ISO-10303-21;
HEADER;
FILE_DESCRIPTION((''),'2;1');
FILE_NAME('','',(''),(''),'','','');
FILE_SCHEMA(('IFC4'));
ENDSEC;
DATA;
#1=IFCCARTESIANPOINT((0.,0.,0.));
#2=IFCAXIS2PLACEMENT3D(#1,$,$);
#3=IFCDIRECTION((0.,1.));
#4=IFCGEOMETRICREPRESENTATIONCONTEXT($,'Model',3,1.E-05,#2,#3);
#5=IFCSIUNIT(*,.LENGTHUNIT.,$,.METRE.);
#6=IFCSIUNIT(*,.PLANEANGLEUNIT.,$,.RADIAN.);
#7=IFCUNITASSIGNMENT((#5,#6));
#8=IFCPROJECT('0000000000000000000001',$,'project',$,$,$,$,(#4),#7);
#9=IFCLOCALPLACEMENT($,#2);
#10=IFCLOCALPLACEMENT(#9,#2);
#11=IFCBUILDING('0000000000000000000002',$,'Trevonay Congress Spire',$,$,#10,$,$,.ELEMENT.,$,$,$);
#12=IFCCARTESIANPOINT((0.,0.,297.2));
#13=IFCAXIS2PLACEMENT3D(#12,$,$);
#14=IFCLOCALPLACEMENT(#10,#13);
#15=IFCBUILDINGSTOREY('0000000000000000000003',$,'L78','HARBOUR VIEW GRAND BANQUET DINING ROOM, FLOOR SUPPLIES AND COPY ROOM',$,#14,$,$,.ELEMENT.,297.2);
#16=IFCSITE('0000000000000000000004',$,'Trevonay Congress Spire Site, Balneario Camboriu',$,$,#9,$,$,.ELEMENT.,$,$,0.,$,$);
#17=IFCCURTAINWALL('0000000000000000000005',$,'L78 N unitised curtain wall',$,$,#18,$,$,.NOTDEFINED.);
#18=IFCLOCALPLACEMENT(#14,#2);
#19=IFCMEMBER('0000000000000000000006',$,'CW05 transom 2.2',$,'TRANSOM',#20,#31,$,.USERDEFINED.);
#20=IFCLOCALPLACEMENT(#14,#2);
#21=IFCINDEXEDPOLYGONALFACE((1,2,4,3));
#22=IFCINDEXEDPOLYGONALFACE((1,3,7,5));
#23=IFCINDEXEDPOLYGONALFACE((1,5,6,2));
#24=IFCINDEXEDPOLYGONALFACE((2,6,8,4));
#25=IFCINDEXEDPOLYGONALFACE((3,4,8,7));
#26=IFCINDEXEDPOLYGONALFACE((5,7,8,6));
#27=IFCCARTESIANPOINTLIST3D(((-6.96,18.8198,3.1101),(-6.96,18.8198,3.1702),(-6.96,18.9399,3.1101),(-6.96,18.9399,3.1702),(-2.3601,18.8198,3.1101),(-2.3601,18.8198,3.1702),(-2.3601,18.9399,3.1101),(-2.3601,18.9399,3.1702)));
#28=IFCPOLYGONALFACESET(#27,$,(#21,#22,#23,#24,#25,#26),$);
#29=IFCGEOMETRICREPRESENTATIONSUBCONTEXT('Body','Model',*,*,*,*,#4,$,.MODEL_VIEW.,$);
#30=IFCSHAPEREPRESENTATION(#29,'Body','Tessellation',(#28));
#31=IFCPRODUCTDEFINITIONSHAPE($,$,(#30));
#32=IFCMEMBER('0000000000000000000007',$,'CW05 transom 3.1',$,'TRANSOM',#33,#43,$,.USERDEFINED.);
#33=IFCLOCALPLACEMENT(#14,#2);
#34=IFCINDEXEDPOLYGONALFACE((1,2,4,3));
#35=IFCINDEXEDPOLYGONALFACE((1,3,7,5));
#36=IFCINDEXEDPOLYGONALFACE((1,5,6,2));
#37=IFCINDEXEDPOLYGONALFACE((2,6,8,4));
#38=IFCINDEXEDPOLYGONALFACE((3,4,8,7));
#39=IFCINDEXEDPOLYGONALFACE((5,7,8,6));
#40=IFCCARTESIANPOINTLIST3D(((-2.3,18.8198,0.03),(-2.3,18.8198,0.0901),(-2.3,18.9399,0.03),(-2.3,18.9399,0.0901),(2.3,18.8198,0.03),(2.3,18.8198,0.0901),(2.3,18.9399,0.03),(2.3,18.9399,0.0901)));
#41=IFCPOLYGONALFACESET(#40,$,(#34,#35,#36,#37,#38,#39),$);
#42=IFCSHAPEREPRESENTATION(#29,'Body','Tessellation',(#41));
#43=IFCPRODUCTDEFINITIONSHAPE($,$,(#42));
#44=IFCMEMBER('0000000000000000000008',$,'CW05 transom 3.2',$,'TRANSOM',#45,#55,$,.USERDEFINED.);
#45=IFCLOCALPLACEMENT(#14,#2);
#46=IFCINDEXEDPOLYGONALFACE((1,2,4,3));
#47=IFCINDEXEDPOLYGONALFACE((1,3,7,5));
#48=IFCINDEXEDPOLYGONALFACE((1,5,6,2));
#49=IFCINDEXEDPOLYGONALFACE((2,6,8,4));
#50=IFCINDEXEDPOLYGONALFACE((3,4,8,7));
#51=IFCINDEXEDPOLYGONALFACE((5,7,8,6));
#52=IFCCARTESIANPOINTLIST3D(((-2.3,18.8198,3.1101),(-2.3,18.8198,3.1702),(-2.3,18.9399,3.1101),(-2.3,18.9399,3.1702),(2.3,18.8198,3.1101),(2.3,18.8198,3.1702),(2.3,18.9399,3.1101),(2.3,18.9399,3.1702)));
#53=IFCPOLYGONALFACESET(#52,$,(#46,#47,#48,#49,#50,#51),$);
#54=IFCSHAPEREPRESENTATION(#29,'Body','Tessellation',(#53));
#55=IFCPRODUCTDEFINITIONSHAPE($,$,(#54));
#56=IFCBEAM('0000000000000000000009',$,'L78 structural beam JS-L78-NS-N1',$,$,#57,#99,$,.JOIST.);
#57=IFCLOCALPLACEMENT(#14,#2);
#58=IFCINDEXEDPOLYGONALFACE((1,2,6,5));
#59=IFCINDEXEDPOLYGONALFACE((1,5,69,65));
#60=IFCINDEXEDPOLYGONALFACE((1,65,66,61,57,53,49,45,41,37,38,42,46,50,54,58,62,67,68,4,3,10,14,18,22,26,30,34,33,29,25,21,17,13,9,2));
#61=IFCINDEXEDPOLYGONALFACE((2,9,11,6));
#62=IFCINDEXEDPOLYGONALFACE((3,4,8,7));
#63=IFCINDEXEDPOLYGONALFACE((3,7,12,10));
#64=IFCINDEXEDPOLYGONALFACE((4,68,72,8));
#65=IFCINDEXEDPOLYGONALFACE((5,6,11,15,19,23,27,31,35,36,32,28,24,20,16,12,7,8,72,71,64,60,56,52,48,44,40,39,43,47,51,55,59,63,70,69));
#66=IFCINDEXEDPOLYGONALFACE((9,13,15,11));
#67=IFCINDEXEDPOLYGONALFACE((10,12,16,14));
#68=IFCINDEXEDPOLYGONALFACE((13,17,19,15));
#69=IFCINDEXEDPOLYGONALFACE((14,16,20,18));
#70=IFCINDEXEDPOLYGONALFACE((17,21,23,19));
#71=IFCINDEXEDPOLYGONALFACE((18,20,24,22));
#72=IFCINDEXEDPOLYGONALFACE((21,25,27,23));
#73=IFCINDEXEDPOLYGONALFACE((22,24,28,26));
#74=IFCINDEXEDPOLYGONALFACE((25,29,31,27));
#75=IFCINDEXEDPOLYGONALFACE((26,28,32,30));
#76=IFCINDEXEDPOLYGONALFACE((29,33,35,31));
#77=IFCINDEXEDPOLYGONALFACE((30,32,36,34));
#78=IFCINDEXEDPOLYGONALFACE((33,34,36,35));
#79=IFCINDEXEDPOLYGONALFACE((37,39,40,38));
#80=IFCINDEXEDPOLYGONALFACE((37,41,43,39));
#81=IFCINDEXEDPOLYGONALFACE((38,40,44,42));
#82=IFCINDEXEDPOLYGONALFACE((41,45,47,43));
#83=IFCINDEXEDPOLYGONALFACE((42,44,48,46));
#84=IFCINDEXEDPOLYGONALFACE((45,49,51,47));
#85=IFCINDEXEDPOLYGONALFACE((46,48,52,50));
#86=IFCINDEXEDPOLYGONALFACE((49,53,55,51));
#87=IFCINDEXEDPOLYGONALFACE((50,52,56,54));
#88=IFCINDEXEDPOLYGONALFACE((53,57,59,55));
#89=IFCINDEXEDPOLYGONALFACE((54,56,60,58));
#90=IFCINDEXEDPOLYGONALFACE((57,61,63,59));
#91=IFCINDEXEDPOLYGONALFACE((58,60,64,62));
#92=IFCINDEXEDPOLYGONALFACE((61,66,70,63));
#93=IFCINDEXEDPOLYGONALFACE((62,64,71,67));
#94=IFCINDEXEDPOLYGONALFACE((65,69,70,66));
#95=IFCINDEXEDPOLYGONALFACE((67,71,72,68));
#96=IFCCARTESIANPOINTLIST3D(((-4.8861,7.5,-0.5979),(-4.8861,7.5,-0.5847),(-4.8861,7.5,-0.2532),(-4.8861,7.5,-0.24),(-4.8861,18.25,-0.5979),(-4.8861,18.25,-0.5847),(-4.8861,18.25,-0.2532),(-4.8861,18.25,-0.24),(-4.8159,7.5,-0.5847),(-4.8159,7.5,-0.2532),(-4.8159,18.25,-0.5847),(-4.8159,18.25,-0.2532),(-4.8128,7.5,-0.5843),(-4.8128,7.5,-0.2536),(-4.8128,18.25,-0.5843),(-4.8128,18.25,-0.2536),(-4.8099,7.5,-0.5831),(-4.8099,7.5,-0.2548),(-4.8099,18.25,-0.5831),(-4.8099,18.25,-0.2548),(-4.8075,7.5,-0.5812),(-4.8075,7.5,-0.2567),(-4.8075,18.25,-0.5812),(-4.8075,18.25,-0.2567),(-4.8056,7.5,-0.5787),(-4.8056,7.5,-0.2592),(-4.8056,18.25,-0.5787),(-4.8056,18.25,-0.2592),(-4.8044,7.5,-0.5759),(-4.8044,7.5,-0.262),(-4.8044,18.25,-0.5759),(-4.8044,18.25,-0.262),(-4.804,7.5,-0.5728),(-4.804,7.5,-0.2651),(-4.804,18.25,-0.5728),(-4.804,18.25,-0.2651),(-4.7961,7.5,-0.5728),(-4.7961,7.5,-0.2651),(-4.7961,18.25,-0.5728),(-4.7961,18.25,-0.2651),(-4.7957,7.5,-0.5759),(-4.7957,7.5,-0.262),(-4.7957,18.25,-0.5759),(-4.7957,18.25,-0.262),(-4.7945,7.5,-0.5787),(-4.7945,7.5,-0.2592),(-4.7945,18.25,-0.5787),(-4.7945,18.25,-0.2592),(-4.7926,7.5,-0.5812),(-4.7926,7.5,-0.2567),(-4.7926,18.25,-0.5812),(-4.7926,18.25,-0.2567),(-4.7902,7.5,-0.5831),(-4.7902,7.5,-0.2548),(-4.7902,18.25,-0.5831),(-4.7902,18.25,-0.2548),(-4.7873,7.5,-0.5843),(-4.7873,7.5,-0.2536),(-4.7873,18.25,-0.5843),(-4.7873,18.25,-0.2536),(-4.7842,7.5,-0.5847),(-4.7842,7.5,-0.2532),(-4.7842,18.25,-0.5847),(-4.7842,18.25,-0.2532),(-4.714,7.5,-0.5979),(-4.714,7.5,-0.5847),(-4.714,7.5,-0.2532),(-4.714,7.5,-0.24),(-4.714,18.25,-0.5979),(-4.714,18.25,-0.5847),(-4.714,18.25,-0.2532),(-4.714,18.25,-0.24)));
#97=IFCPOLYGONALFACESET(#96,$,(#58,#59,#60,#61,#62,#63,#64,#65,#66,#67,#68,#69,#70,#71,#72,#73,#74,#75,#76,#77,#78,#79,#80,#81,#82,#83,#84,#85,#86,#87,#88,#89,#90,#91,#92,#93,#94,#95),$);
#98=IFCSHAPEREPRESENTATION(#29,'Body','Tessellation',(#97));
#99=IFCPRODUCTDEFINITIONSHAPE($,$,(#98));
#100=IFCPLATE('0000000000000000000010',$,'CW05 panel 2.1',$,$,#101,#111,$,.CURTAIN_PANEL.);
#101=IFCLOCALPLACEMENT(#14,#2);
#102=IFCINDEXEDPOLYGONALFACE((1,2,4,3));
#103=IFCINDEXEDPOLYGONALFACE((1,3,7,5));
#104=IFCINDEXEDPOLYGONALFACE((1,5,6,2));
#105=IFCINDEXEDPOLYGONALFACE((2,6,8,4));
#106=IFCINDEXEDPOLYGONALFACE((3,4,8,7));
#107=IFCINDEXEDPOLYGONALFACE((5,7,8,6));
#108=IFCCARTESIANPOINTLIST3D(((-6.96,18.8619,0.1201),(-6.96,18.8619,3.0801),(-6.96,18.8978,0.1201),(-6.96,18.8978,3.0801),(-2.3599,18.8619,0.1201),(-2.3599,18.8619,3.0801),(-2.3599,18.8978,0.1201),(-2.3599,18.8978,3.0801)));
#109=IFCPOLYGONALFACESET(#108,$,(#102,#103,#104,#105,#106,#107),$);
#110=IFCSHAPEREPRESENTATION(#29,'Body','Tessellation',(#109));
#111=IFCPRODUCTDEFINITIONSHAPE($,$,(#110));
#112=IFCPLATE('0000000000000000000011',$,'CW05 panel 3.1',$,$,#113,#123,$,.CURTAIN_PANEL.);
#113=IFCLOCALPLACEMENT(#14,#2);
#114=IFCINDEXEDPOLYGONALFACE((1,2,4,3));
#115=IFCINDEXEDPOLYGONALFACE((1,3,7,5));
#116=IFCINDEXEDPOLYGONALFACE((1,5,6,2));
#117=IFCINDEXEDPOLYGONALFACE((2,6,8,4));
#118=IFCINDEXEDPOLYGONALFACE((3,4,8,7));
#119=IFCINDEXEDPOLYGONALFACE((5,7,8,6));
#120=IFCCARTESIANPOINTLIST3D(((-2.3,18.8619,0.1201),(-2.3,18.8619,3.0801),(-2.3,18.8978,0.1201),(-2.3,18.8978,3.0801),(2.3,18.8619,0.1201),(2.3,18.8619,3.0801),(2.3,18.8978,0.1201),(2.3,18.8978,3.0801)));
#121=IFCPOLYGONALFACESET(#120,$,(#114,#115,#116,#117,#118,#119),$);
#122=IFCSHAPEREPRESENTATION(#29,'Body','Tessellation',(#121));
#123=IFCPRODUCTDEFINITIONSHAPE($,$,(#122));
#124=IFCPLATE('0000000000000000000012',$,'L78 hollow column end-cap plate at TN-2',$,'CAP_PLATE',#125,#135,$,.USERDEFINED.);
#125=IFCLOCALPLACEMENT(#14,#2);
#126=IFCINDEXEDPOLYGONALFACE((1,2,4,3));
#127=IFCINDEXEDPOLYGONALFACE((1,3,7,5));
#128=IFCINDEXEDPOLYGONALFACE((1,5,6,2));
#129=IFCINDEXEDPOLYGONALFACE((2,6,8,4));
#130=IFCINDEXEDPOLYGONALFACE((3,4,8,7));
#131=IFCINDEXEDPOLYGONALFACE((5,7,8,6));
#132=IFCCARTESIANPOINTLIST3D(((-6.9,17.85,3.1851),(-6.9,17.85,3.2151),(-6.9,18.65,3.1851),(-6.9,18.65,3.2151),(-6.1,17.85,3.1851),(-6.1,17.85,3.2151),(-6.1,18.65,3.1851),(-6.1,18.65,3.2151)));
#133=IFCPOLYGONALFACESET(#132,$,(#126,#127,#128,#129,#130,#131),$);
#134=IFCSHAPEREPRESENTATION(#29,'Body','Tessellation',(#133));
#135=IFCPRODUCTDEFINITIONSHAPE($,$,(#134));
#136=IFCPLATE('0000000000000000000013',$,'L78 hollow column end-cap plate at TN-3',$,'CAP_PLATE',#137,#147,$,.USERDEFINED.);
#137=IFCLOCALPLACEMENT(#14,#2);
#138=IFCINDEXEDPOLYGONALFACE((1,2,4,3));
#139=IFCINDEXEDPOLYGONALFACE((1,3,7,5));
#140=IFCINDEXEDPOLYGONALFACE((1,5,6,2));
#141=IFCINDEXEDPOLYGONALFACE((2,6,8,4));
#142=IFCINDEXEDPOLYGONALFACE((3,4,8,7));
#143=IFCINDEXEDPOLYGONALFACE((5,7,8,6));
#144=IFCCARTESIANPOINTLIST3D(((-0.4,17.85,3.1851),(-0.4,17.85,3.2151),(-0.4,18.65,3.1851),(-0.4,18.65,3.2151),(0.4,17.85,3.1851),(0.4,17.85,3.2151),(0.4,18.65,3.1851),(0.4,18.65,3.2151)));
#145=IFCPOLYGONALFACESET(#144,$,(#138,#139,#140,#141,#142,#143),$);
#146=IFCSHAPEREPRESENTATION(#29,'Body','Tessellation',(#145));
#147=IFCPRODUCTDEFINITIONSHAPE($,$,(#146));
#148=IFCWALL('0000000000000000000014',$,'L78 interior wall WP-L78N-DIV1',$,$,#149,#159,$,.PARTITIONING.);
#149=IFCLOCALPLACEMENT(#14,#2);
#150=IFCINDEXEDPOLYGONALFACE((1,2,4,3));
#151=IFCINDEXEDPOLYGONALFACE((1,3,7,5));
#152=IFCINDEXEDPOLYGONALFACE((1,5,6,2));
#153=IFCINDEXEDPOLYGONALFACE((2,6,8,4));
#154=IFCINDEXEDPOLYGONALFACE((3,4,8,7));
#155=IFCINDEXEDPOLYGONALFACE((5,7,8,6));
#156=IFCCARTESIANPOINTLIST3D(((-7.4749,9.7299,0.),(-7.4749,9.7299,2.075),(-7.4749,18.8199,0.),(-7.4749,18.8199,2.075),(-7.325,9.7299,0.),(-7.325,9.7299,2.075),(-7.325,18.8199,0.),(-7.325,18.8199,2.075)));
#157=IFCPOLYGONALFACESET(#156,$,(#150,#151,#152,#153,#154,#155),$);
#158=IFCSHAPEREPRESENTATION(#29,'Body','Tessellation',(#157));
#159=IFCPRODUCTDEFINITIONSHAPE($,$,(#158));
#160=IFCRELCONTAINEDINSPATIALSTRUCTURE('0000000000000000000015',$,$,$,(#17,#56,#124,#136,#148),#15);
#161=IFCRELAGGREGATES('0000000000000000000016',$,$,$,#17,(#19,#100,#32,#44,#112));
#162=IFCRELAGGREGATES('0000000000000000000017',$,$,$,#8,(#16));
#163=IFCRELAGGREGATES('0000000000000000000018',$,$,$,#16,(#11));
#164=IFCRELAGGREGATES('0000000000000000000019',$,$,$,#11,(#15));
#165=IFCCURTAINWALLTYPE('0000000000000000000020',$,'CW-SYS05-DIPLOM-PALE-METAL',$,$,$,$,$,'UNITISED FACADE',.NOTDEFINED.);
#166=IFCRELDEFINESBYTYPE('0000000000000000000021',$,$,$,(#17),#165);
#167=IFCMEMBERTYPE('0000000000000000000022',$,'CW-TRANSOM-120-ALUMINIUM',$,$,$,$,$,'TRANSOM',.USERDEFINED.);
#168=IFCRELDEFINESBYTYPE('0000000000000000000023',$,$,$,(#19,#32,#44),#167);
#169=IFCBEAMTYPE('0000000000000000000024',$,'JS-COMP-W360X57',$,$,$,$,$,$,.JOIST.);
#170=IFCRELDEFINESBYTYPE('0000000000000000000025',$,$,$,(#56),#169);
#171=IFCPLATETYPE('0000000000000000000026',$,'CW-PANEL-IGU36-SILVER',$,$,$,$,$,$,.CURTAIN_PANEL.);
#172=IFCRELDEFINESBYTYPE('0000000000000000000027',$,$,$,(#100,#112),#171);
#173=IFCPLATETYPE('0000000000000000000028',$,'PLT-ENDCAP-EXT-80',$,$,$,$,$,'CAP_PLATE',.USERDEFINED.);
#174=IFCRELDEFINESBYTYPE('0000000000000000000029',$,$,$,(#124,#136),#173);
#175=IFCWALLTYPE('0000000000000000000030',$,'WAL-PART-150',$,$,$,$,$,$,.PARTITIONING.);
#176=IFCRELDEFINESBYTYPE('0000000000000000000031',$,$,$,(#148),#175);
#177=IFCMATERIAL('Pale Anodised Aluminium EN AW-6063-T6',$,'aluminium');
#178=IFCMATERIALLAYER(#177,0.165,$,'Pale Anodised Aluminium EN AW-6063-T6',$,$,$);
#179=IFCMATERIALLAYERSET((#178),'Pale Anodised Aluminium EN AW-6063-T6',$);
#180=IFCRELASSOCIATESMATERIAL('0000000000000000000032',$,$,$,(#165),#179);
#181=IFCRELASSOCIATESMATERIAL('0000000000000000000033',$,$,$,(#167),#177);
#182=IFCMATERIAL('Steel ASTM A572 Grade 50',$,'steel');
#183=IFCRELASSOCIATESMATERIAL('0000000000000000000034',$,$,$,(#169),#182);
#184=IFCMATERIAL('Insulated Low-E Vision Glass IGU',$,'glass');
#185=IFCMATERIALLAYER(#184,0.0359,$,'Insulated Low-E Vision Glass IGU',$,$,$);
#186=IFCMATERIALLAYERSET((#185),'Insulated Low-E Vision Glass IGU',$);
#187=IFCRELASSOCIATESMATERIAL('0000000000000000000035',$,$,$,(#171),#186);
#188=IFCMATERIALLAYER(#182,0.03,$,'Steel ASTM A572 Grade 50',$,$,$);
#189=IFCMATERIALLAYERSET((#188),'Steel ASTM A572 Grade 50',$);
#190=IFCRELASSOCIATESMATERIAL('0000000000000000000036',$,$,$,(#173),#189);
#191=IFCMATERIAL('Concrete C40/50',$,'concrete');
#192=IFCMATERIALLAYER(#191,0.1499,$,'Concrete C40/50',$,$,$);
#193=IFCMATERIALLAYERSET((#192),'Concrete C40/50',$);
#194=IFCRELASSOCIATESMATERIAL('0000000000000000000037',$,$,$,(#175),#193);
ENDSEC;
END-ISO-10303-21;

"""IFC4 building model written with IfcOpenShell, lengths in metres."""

from ifc_helpers import new_model, si_unit, direction, frame, frame_2d, origin, origin_2d, place, context, subcontext, project, spatial, rectangle, i_section, extrude, material, layer, layer_set, material_profile, profile_set, type_object, element, aggregate, save


model = new_model("IFC4")

# Units and contexts
model_context = context("Model", 3, precision=1e-05, world=origin(), true_north=direction((0.0, 1.0)))
body_context = subcontext(model_context, "Body", "Model", "MODEL_VIEW")
ifc_project = project(units=[si_unit("LENGTHUNIT", "METRE"), si_unit("PLANEANGLEUNIT", "RADIAN")], contexts=[model_context])

# Site, building, storey
site_placement = place(None, origin())
site = spatial("IfcSite", under=ifc_project, at=site_placement, Name="Trevonay Congress Spire Site, Balneario Camboriu", CompositionType="ELEMENT", RefElevation=0.0)
building_placement = place(site_placement, origin())
building = spatial("IfcBuilding", under=site, at=building_placement, Name="Trevonay Congress Spire", CompositionType="ELEMENT")
storey_placement = place(building_placement, frame((0.0, 0.0, 297.2)))
storey = spatial("IfcBuildingStorey", under=building, at=storey_placement, Name="L78", Description="HARBOUR VIEW GRAND BANQUET DINING ROOM, FLOOR SUPPLIES AND COPY ROOM", CompositionType="ELEMENT", Elevation=297.2)

# Shared definitions
ifc_material_1 = material(Name="Steel ASTM A572 Grade 50", Category="steel")

# Curtain wall, members
ifc_material_2 = material(Name="Pale Anodised Aluminium EN AW-6063-T6", Category="aluminium")
ifc_layer_1 = layer(ifc_material_2, 0.165, Name="Pale Anodised Aluminium EN AW-6063-T6")
ifc_layer_set_1 = layer_set([ifc_layer_1], Name="Pale Anodised Aluminium EN AW-6063-T6")
curtain_wall_type = type_object("IfcCurtainWallType", Name="CW-SYS05-DIPLOM-PALE-METAL", ElementType="UNITISED FACADE", PredefinedType="NOTDEFINED", material=ifc_layer_set_1)
curtain_wall_placement = place(storey_placement, origin())
curtain_wall = element("IfcCurtainWall", 1, at=curtain_wall_placement, inside=storey, type_object=curtain_wall_type, Name="L78 N unitised curtain wall", PredefinedType="NOTDEFINED")
ifc_material_profile_1 = material_profile(ifc_material_2, rectangle(XDim=0.1201, YDim=0.0601, at=origin_2d()), Name="CW-TRANSOM-120-ALUMINIUM")
ifc_profile_set_1 = profile_set([ifc_material_profile_1], Name="Pale Anodised Aluminium EN AW-6063-T6")
member_type_1 = type_object("IfcMemberType", Name="CW-TRANSOM-120-ALUMINIUM", ElementType="TRANSOM", PredefinedType="USERDEFINED", material=ifc_profile_set_1)
member_1_placement = place(storey_placement, frame((-6.96, 18.8799, 3.1401), z_axis=(1.0, 0.0, 0.0), x_axis=(0.0, 1.0, 0.0)))
member_1 = element("IfcMember", 2, at=member_1_placement, type_object=member_type_1, Name="CW05 transom 2.2", ObjectType="TRANSOM", PredefinedType="USERDEFINED", context=body_context, shape_type="SweptSolid", body=[
    extrude(rectangle(XDim=0.1201, YDim=0.0601, at=origin_2d()), origin(), (0.0, 0.0, 1.0), 4.5999),
])
member_2_placement = place(storey_placement, frame((-2.3, 18.8799, 0.0601), z_axis=(1.0, 0.0, 0.0), x_axis=(0.0, 1.0, 0.0)))
member_2 = element("IfcMember", 3, at=member_2_placement, type_object=member_type_1, Name="CW05 transom 3.1", ObjectType="TRANSOM", PredefinedType="USERDEFINED", context=body_context, shape_type="SweptSolid", body=[
    extrude(rectangle(XDim=0.1201, YDim=0.0601, at=origin_2d()), origin(), (0.0, 0.0, 1.0), 4.6001),
])
member_3_placement = place(storey_placement, frame((-2.3, 18.8799, 3.1401), z_axis=(1.0, 0.0, 0.0), x_axis=(0.0, 1.0, 0.0)))
member_3 = element("IfcMember", 4, at=member_3_placement, type_object=member_type_1, Name="CW05 transom 3.2", ObjectType="TRANSOM", PredefinedType="USERDEFINED", context=body_context, shape_type="SweptSolid", body=[
    extrude(rectangle(XDim=0.1201, YDim=0.0601, at=origin_2d()), origin(), (0.0, 0.0, 1.0), 4.6001),
])

# Beam
ifc_material_profile_2 = material_profile(ifc_material_1, i_section(OverallWidth=0.1721, OverallDepth=0.3579, WebThickness=0.0078, FlangeThickness=0.0132, FilletRadius=0.012, at=origin_2d()), Name="W360x57.8")
ifc_profile_set_2 = profile_set([ifc_material_profile_2], Name="Steel ASTM A572 Grade 50")
beam_type_1 = type_object("IfcBeamType", Name="JS-COMP-W360X57", PredefinedType="JOIST", material=ifc_profile_set_2)
beam_1_placement = place(storey_placement, frame((-4.8, 7.5, -0.4189), z_axis=(0.0, 1.0, 0.0), x_axis=(-1.0, 0.0, 0.0)))
element("IfcBeam", 5, at=beam_1_placement, inside=storey, type_object=beam_type_1, Name="L78 structural beam JS-L78-NS-N1", PredefinedType="JOIST", context=body_context, shape_type="SweptSolid", body=[
    extrude(i_section(OverallWidth=0.1721, OverallDepth=0.3579, WebThickness=0.0078, FlangeThickness=0.0132, FilletRadius=0.012, at=origin_2d()), origin(), (0.0, 0.0, 1.0), 10.75),
])

# Plates
ifc_material_3 = material(Name="Insulated Low-E Vision Glass IGU", Category="glass")
ifc_layer_2 = layer(ifc_material_3, 0.0359, Name="Insulated Low-E Vision Glass IGU")
ifc_layer_set_2 = layer_set([ifc_layer_2], Name="Insulated Low-E Vision Glass IGU")
plate_type_1 = type_object("IfcPlateType", Name="CW-PANEL-IGU36-SILVER", PredefinedType="CURTAIN_PANEL", material=ifc_layer_set_2)
plate_1_placement = place(storey_placement, frame((-4.6599, 18.8799, 0.1201), z_axis=(0.0, 0.0, 1.0), x_axis=(1.0, 0.0, 0.0)))
plate_1 = element("IfcPlate", 6, at=plate_1_placement, type_object=plate_type_1, Name="CW05 panel 2.1", PredefinedType="CURTAIN_PANEL", context=body_context, shape_type="SweptSolid", body=[
    extrude(rectangle(XDim=4.6001, YDim=0.0359, at=origin_2d()), origin(), (0.0, 0.0, 1.0), 2.96),
])
plate_2_placement = place(storey_placement, frame((0.0, 18.8799, 0.1201), z_axis=(0.0, 0.0, 1.0), x_axis=(1.0, 0.0, 0.0)))
plate_2 = element("IfcPlate", 7, at=plate_2_placement, type_object=plate_type_1, Name="CW05 panel 3.1", PredefinedType="CURTAIN_PANEL", context=body_context, shape_type="SweptSolid", body=[
    extrude(rectangle(XDim=4.6001, YDim=0.0359, at=origin_2d()), origin(), (0.0, 0.0, 1.0), 2.96),
])
aggregate(curtain_wall, [member_1, plate_1, member_2, member_3, plate_2])

# Plates
ifc_layer_3 = layer(ifc_material_1, 0.03, Name="Steel ASTM A572 Grade 50")
ifc_layer_set_3 = layer_set([ifc_layer_3], Name="Steel ASTM A572 Grade 50")
plate_type_2 = type_object("IfcPlateType", Name="PLT-ENDCAP-EXT-80", ElementType="CAP_PLATE", PredefinedType="USERDEFINED", material=ifc_layer_set_3)
for number, where, z_axis, x_axis, name in (
    (8, (-6.5, 18.25, 3.1851), (0.0, 0.0, 1.0), (1.0, 0.0, 0.0), "L78 hollow column end-cap plate at TN-2"),
    (9, (0.0, 18.25, 3.1851), (0.0, 0.0, 1.0), (1.0, 0.0, 0.0), "L78 hollow column end-cap plate at TN-3"),
):
    element("IfcPlate", number, at=place(storey_placement, frame(where, z_axis=z_axis, x_axis=x_axis)), inside=storey, type_object=plate_type_2, Name=name, ObjectType="CAP_PLATE", PredefinedType="USERDEFINED", context=body_context, shape_type="SweptSolid", body=[
        extrude(rectangle(XDim=0.8, YDim=0.8, at=origin_2d()), origin(), (0.0, 0.0, 1.0), 0.03),
    ])

# Wall
ifc_material_4 = material(Name="Concrete C40/50", Category="concrete")
ifc_layer_4 = layer(ifc_material_4, 0.1499, Name="Concrete C40/50")
ifc_layer_set_4 = layer_set([ifc_layer_4], Name="Concrete C40/50")
wall_type = type_object("IfcWallType", Name="WAL-PART-150", PredefinedType="PARTITIONING", material=ifc_layer_set_4)
wall_placement = place(storey_placement, frame((-7.3999, 9.73, 0.0), z_axis=(0.0, 0.0, 1.0), x_axis=(0.0, 1.0, 0.0)))
element("IfcWall", 10, at=wall_placement, inside=storey, type_object=wall_type, Name="L78 interior wall WP-L78N-DIV1", PredefinedType="PARTITIONING", context=body_context, shape_type="SweptSolid", body=[
    extrude(rectangle(XDim=9.0901, YDim=0.1499, at=frame_2d((4.5449, 0.0))), origin(), (0.0, 0.0, 1.0), 2.075),
])

save(model, "model.ifc")
